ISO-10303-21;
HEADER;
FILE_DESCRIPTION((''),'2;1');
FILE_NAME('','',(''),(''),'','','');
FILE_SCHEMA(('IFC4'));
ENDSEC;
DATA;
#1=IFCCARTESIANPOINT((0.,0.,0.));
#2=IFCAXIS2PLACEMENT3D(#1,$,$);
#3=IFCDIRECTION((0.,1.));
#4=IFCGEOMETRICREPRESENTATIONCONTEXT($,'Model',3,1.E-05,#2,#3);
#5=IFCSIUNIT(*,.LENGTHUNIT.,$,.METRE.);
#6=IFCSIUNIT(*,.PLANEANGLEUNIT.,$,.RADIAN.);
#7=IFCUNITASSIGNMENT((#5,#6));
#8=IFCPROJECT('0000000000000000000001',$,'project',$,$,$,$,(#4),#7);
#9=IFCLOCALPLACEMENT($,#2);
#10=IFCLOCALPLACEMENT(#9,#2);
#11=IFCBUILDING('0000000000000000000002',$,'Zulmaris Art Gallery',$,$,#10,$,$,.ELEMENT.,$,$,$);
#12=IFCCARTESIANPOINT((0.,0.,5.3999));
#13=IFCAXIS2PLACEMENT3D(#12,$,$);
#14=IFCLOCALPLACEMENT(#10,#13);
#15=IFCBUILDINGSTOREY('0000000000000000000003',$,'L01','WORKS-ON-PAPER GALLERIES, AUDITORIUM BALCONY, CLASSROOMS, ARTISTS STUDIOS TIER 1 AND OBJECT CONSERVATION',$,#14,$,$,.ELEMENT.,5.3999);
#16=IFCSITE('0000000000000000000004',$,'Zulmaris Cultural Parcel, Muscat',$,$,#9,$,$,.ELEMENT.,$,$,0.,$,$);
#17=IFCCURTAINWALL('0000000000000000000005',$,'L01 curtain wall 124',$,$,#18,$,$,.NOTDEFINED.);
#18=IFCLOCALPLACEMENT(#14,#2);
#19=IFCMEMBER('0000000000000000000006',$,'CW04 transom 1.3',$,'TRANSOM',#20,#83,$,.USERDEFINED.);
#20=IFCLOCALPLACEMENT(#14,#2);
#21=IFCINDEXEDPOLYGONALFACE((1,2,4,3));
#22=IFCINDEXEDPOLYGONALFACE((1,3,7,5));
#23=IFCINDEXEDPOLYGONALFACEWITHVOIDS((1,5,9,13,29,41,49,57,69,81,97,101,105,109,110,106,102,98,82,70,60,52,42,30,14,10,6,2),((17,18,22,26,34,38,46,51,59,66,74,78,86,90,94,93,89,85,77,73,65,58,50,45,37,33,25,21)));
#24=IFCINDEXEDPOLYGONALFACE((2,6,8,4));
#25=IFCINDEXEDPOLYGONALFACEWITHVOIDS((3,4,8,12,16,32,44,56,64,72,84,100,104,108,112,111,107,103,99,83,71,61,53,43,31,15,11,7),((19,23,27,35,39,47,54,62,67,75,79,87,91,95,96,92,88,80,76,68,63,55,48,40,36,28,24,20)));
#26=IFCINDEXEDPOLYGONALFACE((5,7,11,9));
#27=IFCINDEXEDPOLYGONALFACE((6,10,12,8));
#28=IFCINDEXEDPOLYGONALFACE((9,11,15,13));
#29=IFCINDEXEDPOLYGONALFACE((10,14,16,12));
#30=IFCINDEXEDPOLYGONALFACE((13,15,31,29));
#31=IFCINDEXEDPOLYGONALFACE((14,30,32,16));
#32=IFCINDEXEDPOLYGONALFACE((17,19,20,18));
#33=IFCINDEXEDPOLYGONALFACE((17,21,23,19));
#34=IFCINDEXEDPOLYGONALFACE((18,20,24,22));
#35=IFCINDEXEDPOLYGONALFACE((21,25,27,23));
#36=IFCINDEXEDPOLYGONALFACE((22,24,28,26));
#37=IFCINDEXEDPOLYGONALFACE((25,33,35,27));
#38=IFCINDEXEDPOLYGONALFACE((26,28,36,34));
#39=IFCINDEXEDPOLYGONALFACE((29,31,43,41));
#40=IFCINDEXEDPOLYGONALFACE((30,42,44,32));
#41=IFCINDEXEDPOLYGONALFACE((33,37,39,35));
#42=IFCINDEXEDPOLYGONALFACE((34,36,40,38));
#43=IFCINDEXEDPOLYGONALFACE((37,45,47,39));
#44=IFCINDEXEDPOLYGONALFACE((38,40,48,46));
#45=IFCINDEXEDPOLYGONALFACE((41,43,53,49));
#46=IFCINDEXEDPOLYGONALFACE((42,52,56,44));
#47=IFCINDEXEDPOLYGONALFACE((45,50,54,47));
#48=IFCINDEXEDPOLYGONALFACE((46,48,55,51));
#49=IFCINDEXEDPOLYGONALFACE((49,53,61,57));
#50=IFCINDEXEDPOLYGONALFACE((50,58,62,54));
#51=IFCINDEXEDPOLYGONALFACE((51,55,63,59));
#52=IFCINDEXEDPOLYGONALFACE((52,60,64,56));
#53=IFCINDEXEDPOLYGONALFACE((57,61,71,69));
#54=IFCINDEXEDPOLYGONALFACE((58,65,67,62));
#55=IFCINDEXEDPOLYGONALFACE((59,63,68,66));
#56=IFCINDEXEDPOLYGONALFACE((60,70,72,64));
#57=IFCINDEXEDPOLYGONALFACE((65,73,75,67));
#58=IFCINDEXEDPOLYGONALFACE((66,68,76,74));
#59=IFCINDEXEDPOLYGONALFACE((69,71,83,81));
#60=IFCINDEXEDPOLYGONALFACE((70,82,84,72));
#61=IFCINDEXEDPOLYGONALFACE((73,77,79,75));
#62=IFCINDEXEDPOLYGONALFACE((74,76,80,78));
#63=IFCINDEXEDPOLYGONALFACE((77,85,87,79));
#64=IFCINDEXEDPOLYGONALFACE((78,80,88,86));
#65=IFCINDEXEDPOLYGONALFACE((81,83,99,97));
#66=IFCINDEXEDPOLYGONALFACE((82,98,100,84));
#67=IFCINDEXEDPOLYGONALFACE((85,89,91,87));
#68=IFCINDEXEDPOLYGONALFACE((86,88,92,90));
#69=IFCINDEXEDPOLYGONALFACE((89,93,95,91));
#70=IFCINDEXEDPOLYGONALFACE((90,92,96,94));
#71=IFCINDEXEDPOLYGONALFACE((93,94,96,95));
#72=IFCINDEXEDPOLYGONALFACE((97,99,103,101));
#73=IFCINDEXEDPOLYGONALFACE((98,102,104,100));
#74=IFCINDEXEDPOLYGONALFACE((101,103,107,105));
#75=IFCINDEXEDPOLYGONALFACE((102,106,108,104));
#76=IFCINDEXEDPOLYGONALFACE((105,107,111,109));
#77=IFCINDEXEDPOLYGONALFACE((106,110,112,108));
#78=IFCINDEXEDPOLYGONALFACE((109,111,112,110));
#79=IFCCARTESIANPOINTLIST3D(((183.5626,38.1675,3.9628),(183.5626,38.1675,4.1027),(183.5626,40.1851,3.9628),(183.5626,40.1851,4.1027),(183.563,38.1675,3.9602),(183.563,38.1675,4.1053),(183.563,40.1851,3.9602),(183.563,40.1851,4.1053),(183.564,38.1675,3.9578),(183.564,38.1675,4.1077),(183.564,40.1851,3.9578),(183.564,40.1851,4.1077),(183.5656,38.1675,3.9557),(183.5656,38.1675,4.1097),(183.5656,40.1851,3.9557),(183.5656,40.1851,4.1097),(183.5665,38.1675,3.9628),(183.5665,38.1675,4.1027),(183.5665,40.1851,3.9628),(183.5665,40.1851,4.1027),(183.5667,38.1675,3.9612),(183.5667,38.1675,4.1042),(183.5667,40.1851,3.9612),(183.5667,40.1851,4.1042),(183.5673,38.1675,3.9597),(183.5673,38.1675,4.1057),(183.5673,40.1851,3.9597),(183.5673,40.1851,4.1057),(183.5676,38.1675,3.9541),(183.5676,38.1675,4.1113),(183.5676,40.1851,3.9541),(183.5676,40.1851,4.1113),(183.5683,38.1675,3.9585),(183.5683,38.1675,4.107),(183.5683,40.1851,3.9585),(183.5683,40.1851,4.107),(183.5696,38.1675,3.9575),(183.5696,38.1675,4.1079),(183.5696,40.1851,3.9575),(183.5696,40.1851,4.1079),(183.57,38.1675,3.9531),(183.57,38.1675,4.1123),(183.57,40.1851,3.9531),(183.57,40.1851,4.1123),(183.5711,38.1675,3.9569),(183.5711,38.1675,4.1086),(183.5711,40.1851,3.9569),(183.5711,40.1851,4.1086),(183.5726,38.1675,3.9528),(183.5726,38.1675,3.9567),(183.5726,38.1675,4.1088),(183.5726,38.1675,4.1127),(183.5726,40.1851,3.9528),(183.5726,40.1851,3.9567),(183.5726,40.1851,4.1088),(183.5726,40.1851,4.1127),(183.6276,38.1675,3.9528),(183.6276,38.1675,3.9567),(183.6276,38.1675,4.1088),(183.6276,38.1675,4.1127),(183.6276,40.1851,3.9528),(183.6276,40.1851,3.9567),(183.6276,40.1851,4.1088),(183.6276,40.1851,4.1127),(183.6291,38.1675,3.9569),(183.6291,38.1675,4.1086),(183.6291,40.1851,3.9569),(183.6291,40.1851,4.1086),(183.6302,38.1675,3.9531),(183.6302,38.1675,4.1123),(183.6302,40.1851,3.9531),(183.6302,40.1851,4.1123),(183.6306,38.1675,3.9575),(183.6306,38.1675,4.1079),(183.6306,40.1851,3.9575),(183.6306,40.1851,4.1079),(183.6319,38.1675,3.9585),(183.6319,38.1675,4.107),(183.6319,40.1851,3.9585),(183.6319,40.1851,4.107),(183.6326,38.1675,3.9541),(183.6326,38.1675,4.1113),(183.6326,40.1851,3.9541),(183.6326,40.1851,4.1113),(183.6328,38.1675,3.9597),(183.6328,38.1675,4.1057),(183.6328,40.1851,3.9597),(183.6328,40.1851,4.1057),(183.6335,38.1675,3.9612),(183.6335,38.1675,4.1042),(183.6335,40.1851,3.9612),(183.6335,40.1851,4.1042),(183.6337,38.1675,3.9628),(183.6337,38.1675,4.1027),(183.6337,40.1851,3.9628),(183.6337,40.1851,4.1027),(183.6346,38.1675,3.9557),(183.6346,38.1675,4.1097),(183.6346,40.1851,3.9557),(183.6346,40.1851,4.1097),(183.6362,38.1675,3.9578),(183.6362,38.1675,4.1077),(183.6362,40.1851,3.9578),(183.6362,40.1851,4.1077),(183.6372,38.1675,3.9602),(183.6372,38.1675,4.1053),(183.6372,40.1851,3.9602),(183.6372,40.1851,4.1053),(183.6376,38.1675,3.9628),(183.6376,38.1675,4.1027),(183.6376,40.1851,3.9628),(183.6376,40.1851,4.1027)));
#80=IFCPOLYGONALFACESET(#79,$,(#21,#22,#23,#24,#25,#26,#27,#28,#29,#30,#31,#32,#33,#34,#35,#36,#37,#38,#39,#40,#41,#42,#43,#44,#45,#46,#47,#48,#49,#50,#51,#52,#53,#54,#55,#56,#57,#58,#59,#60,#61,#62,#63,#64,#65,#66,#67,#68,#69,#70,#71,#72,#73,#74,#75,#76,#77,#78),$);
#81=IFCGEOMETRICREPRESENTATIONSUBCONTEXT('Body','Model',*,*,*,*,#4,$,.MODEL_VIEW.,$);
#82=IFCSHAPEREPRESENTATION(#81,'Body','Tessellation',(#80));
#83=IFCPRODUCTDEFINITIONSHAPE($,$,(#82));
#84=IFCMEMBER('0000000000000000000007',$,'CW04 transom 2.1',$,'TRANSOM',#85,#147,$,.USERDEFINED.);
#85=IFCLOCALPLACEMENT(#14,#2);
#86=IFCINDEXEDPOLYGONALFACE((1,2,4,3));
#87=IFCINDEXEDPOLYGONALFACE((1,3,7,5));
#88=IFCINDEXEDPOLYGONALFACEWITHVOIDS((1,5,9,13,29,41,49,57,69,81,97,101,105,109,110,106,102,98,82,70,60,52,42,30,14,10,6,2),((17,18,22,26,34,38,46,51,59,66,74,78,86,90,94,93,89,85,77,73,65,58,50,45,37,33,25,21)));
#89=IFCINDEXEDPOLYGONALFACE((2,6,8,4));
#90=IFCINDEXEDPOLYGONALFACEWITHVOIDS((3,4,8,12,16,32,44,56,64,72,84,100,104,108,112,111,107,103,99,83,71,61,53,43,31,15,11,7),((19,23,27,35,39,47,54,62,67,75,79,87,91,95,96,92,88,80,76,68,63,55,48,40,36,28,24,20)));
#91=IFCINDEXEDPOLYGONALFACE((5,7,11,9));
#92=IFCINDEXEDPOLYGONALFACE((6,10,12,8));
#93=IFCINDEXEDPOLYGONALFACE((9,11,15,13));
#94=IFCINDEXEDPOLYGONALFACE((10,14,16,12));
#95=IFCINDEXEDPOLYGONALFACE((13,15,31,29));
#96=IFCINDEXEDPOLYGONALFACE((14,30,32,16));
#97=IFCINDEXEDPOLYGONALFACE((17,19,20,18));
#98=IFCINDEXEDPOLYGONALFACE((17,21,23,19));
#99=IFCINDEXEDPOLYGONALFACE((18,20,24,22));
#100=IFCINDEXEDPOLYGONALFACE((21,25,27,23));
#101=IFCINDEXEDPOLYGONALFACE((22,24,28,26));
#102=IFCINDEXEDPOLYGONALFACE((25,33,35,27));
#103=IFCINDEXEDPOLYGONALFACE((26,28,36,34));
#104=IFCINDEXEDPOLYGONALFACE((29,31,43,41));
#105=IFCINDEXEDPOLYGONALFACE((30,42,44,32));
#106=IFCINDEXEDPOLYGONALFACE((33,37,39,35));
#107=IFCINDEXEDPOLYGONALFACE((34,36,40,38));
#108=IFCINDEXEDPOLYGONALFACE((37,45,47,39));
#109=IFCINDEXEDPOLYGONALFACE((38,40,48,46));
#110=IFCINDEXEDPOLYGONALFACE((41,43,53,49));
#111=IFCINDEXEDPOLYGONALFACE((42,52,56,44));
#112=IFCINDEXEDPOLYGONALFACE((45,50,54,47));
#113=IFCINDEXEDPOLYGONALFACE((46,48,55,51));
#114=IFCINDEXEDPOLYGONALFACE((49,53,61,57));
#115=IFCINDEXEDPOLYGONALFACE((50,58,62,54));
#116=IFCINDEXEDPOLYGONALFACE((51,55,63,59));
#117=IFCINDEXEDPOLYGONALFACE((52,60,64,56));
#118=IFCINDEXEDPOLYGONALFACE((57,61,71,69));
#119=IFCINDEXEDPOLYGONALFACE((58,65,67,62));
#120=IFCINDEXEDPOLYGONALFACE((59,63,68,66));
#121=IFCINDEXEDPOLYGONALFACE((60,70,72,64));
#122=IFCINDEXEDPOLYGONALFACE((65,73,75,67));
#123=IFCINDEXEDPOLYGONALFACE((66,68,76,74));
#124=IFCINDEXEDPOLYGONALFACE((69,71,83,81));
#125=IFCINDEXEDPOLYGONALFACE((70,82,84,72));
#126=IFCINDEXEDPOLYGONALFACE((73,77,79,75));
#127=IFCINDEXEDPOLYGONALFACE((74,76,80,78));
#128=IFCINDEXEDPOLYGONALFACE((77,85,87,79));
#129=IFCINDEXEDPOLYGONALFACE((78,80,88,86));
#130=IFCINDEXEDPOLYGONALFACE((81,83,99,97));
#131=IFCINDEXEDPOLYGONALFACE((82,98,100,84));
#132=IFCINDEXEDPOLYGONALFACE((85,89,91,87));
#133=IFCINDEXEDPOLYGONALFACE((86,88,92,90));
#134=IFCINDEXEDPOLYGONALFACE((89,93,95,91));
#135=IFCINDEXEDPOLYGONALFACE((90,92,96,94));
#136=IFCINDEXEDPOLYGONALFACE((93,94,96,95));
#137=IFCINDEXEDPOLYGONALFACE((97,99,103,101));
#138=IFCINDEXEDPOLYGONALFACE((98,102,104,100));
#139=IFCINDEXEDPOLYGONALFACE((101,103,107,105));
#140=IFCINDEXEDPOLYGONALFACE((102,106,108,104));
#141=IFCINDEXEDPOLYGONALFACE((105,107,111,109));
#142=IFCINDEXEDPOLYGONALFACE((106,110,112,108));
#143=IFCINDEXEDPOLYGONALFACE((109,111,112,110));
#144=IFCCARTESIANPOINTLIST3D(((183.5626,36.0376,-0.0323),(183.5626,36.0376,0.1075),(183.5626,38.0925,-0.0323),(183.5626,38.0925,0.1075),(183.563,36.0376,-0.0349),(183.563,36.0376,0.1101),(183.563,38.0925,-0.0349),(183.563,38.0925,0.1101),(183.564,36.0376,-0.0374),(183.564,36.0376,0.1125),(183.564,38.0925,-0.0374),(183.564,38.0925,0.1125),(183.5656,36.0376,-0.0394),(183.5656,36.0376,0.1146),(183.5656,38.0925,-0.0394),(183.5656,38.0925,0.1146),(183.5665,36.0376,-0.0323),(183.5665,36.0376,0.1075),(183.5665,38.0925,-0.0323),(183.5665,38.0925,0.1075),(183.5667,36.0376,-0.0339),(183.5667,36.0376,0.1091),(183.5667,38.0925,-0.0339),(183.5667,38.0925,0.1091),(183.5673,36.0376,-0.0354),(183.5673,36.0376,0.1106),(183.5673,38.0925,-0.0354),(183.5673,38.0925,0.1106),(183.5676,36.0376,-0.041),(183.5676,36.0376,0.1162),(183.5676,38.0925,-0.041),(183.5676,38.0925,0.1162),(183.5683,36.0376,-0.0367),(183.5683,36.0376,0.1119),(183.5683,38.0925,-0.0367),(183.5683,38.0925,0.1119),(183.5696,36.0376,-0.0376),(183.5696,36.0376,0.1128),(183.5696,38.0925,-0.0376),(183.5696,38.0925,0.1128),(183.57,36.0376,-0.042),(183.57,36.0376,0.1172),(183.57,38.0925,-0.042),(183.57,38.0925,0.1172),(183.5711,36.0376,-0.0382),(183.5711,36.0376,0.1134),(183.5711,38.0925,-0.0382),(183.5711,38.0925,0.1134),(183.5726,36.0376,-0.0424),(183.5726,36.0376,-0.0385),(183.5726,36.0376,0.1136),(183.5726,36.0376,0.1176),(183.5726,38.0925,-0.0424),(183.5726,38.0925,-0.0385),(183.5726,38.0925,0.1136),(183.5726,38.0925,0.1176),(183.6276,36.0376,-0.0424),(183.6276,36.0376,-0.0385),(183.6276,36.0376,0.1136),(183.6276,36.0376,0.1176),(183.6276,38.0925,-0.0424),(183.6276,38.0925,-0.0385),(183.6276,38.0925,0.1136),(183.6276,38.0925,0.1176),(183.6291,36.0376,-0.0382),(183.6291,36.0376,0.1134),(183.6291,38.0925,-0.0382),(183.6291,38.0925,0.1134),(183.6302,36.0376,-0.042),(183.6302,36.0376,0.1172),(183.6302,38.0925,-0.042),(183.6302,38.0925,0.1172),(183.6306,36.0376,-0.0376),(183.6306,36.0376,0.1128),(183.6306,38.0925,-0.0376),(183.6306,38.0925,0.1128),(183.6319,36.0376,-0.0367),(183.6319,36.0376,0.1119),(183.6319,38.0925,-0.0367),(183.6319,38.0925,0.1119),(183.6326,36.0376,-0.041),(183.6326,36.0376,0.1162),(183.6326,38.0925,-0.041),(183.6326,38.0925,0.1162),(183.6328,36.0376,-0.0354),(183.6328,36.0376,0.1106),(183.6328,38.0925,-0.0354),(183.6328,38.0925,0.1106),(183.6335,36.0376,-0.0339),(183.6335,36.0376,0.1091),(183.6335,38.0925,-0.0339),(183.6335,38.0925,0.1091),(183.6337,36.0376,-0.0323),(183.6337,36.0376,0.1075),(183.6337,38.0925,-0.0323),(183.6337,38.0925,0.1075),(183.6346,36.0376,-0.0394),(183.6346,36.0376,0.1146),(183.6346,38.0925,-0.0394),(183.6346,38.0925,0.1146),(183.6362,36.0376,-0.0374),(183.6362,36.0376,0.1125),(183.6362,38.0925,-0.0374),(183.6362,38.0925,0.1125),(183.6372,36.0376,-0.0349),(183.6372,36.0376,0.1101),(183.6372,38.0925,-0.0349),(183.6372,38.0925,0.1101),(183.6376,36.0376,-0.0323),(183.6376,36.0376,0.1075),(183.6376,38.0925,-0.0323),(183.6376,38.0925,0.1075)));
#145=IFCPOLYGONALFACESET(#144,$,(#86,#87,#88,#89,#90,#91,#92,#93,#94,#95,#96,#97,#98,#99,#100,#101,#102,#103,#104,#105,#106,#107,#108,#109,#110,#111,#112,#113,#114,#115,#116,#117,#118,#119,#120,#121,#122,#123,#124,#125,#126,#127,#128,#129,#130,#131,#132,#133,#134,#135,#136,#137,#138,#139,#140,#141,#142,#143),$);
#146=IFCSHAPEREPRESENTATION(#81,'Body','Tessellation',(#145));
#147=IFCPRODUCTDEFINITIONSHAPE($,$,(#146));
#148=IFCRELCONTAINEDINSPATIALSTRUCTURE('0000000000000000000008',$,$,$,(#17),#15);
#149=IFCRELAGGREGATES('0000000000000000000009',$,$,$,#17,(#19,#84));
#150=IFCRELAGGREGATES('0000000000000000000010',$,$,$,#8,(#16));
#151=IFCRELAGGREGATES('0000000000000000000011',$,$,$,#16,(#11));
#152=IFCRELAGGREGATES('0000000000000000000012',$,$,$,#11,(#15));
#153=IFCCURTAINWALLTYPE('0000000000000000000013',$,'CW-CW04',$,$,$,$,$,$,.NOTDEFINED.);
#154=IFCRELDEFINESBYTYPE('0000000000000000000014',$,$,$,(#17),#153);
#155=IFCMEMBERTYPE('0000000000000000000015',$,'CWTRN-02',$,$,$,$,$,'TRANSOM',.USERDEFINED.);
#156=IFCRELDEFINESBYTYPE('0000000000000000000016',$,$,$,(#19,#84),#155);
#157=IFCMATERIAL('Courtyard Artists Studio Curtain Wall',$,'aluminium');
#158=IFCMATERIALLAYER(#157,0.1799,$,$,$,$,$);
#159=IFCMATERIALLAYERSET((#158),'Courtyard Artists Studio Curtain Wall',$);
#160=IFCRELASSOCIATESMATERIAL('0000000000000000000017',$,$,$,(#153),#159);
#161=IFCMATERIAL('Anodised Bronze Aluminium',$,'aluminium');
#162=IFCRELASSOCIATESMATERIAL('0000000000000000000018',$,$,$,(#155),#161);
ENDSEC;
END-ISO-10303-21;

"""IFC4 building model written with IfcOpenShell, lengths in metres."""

from ifc_helpers import new_model, si_unit, direction, frame, origin, origin_2d, place, context, subcontext, project, spatial, hollow_rectangle, extrude, material, layer, layer_set, material_profile, profile_set, type_object, element, aggregate, save


model = new_model("IFC4")

# Units and contexts
model_context = context("Model", 3, precision=1e-05, world=origin(), true_north=direction((0.0, 1.0)))
body_context = subcontext(model_context, "Body", "Model", "MODEL_VIEW")
ifc_project = project(units=[si_unit("LENGTHUNIT", "METRE"), si_unit("PLANEANGLEUNIT", "RADIAN")], contexts=[model_context])

# Site, building, storey
site_placement = place(None, origin())
site = spatial("IfcSite", under=ifc_project, at=site_placement, Name="Zulmaris Cultural Parcel, Muscat", CompositionType="ELEMENT", RefElevation=0.0)
building_placement = place(site_placement, origin())
building = spatial("IfcBuilding", under=site, at=building_placement, Name="Zulmaris Art Gallery", CompositionType="ELEMENT")
storey_placement = place(building_placement, frame((0.0, 0.0, 5.3999)))
storey = spatial("IfcBuildingStorey", under=building, at=storey_placement, Name="L01", Description="WORKS-ON-PAPER GALLERIES, AUDITORIUM BALCONY, CLASSROOMS, ARTISTS STUDIOS TIER 1 AND OBJECT CONSERVATION", CompositionType="ELEMENT", Elevation=5.3999)

# Curtain wall
ifc_material_1 = material(Name="Courtyard Artists Studio Curtain Wall", Category="aluminium")
ifc_layer_1 = layer(ifc_material_1, 0.1799)
ifc_layer_set_1 = layer_set([ifc_layer_1], Name="Courtyard Artists Studio Curtain Wall")
curtain_wall_type = type_object("IfcCurtainWallType", Name="CW-CW04", PredefinedType="NOTDEFINED", material=ifc_layer_set_1)
curtain_wall_1_placement = place(storey_placement, origin())
curtain_wall_1 = element("IfcCurtainWall", 1, at=curtain_wall_1_placement, inside=storey, type_object=curtain_wall_type, Name="L01 curtain wall 124", PredefinedType="NOTDEFINED")
ifc_material_2 = material(Name="Anodised Bronze Aluminium", Category="aluminium")

# Members
ifc_material_profile_1 = material_profile(ifc_material_2, hollow_rectangle(XDim=0.075, YDim=0.1599, WallThickness=0.0039, InnerFilletRadius=0.0061, OuterFilletRadius=0.01, at=origin_2d()), Name="ALU 75x160x4")
ifc_profile_set_1 = profile_set([ifc_material_profile_1], Name="Anodised Bronze Aluminium")
member_type_1 = type_object("IfcMemberType", Name="CWTRN-02", ElementType="TRANSOM", PredefinedType="USERDEFINED", material=ifc_profile_set_1)
member_1_placement = place(storey_placement, frame((183.6001, 40.1851, 4.0327), z_axis=(0.0, -1.0, 0.0), x_axis=(1.0, 0.0, 0.0)))
member_1 = element("IfcMember", 2, at=member_1_placement, type_object=member_type_1, Name="CW04 transom 1.3", ObjectType="TRANSOM", PredefinedType="USERDEFINED", context=body_context, shape_type="SweptSolid", body=[
    extrude(hollow_rectangle(XDim=0.075, YDim=0.1599, WallThickness=0.0039, InnerFilletRadius=0.0061, OuterFilletRadius=0.01, at=origin_2d()), origin(), (0.0, 0.0, 1.0), 2.0176),
])
member_2_placement = place(storey_placement, frame((183.6001, 38.0925, 0.0376), z_axis=(0.0, -1.0, 0.0), x_axis=(1.0, 0.0, 0.0)))
member_2 = element("IfcMember", 3, at=member_2_placement, type_object=member_type_1, Name="CW04 transom 2.1", ObjectType="TRANSOM", PredefinedType="USERDEFINED", context=body_context, shape_type="SweptSolid", body=[
    extrude(hollow_rectangle(XDim=0.075, YDim=0.1599, WallThickness=0.0039, InnerFilletRadius=0.0061, OuterFilletRadius=0.01, at=origin_2d()), origin(), (0.0, 0.0, 1.0), 2.0549),
])

aggregate(curtain_wall_1, [member_1, member_2])

save(model, "model.ifc")
